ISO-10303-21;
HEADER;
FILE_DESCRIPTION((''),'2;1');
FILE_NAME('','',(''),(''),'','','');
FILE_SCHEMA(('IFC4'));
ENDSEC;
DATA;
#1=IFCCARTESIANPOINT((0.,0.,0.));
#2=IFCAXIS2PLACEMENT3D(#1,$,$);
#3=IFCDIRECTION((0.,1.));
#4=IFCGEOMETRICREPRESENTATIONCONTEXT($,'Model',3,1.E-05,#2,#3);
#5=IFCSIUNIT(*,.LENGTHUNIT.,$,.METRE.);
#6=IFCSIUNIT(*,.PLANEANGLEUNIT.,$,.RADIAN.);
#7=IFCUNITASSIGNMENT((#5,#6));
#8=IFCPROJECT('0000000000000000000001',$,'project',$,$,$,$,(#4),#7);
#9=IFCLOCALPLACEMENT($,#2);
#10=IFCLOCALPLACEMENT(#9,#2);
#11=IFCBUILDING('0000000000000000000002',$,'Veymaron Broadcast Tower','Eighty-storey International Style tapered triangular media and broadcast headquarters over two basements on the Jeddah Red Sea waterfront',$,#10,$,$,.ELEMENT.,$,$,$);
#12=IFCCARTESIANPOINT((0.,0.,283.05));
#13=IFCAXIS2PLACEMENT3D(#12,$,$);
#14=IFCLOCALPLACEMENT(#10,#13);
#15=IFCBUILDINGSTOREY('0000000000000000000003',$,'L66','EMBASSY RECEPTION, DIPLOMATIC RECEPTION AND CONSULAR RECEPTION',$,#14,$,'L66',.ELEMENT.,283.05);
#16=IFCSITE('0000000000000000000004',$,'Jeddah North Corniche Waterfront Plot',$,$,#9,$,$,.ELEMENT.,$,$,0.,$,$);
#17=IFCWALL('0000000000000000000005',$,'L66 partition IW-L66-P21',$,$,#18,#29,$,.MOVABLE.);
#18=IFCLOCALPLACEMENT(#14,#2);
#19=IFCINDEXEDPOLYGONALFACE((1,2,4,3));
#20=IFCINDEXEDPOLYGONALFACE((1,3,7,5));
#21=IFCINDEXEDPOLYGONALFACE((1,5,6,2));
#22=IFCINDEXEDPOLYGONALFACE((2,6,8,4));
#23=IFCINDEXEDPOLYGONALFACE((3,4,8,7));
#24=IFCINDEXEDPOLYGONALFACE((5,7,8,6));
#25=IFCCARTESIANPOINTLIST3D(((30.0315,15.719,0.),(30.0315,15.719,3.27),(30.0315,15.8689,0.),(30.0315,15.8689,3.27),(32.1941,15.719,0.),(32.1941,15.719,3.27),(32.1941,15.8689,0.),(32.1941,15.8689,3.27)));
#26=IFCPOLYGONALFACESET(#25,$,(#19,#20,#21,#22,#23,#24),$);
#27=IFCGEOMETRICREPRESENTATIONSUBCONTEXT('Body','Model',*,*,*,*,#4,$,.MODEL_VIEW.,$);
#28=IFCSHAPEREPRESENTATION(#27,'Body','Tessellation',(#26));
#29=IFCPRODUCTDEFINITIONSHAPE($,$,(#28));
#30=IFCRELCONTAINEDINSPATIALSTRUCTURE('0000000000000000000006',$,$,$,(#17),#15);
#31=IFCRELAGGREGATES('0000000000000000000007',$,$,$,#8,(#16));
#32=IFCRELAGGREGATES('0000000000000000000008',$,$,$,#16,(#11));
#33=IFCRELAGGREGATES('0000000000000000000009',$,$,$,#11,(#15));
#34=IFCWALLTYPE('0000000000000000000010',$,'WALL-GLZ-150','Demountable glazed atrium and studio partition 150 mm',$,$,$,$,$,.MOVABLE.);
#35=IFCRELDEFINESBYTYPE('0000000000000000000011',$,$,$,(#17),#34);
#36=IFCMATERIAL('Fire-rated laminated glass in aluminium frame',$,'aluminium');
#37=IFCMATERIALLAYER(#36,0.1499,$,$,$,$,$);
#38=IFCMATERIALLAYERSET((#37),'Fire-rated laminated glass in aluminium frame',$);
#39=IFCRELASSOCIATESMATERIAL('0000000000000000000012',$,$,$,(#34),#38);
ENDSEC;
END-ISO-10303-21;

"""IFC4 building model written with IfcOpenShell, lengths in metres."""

from ifc_helpers import new_model, si_unit, direction, frame, frame_2d, origin, place, context, subcontext, project, spatial, rectangle, extrude, material, layer, layer_set, type_object, element, save


model = new_model("IFC4")

# Units and contexts
model_context = context("Model", 3, precision=1e-05, world=origin(), true_north=direction((0.0, 1.0)))
body_context = subcontext(model_context, "Body", "Model", "MODEL_VIEW")
ifc_project = project(units=[si_unit("LENGTHUNIT", "METRE"), si_unit("PLANEANGLEUNIT", "RADIAN")], contexts=[model_context])

# Site, building, storey
site_placement = place(None, origin())
site = spatial("IfcSite", under=ifc_project, at=site_placement, Name="Jeddah North Corniche Waterfront Plot", CompositionType="ELEMENT", RefElevation=0.0)
building_placement = place(site_placement, origin())
building = spatial("IfcBuilding", under=site, at=building_placement, Name="Veymaron Broadcast Tower", Description="Eighty-storey International Style tapered triangular media and broadcast headquarters over two basements on the Jeddah Red Sea waterfront", CompositionType="ELEMENT")
storey_placement = place(building_placement, frame((0.0, 0.0, 283.05)))
storey = spatial("IfcBuildingStorey", under=building, at=storey_placement, Name="L66", Description="EMBASSY RECEPTION, DIPLOMATIC RECEPTION AND CONSULAR RECEPTION", LongName="L66", CompositionType="ELEMENT", Elevation=283.05)

# Wall
ifc_material_1 = material(Name="Fire-rated laminated glass in aluminium frame", Category="aluminium")
ifc_layer_1 = layer(ifc_material_1, 0.1499)
ifc_layer_set_1 = layer_set([ifc_layer_1], Name="Fire-rated laminated glass in aluminium frame")
wall_type_1 = type_object("IfcWallType", Name="WALL-GLZ-150", Description="Demountable glazed atrium and studio partition 150 mm", PredefinedType="MOVABLE", material=ifc_layer_set_1)
wall_1_placement = place(storey_placement, frame((30.0315, 15.7939, 0.0), z_axis=(0.0, 0.0, 1.0), x_axis=(1.0, 0.0, 0.0)))
element("IfcWall", 1, at=wall_1_placement, inside=storey, type_object=wall_type_1, Name="L66 partition IW-L66-P21", PredefinedType="MOVABLE", context=body_context, shape_type="SweptSolid", body=[
    extrude(rectangle(XDim=2.1626, YDim=0.1499, at=frame_2d((1.0813, 0.0))), origin(), (0.0, 0.0, 1.0), 3.27),
])

save(model, "model.ifc")
